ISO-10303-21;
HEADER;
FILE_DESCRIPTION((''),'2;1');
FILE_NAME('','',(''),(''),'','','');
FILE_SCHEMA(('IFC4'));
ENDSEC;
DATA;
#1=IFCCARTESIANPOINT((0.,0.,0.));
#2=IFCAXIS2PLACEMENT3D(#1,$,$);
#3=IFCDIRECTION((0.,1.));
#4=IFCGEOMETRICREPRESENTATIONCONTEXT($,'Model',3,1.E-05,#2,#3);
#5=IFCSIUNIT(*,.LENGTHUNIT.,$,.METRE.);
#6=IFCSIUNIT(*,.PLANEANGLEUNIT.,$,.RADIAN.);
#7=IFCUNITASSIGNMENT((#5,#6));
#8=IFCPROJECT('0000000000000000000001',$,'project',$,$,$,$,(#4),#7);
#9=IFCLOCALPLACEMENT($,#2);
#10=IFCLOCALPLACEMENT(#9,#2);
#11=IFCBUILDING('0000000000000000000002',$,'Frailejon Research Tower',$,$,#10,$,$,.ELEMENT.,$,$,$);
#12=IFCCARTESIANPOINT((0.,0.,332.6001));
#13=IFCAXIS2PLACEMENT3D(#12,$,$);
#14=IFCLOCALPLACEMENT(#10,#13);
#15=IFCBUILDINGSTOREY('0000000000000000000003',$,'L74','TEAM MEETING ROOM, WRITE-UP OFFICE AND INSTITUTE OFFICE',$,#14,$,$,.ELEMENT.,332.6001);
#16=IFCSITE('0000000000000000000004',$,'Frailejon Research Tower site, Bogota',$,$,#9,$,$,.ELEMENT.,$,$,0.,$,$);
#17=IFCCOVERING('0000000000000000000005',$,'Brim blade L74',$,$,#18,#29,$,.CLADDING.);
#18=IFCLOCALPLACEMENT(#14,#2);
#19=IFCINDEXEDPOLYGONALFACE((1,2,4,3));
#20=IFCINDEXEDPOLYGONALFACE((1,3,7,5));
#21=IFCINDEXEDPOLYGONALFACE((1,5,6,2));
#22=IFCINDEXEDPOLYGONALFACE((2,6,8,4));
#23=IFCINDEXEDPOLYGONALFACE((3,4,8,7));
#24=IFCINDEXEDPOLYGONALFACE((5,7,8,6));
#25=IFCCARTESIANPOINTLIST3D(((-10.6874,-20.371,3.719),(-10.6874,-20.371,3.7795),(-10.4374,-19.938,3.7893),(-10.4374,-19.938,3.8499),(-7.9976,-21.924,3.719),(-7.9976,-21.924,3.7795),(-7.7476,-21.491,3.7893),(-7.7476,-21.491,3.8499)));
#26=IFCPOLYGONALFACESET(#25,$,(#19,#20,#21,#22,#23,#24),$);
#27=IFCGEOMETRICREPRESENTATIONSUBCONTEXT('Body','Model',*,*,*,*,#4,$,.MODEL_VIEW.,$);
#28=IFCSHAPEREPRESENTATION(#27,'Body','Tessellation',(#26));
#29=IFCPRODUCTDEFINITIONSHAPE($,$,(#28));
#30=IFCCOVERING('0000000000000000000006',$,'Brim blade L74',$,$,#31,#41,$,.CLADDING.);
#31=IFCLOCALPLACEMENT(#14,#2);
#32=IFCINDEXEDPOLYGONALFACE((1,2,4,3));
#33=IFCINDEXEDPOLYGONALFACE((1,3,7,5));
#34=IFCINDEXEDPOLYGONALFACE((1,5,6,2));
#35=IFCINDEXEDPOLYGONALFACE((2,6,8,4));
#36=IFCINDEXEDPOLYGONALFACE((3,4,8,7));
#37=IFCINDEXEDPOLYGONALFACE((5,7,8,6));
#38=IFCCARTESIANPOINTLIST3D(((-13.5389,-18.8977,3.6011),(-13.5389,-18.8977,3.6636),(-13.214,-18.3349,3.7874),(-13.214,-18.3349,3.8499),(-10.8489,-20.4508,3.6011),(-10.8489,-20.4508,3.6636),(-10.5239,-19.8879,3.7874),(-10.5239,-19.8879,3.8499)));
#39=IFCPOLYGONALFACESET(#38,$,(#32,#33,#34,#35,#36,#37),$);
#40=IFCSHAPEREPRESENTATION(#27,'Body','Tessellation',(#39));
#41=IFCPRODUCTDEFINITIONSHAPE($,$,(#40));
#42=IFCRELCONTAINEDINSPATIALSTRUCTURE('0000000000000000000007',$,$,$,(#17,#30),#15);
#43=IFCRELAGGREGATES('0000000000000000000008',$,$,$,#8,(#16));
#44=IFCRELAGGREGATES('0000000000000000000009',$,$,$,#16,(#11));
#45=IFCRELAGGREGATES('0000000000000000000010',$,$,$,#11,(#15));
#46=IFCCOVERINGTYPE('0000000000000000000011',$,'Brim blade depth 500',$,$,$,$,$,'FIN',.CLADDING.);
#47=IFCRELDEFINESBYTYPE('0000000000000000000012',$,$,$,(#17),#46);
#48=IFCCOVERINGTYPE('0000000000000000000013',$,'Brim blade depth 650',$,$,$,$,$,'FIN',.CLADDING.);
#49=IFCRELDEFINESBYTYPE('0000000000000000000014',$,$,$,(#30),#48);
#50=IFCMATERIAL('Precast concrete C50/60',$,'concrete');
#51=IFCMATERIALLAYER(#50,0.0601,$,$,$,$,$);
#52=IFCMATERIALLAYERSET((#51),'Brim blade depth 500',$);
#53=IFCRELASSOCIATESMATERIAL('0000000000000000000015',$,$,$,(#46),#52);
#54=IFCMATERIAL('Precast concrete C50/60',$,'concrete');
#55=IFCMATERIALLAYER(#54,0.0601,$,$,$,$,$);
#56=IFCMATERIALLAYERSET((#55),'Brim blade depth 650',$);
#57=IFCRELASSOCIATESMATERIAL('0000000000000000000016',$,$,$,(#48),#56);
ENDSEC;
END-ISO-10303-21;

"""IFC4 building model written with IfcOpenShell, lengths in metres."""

from ifc_helpers import new_model, si_unit, direction, frame, origin, place, context, subcontext, project, spatial, polyline, outline, extrude, material, layer, layer_set, type_object, element, save


model = new_model("IFC4")

# Units and contexts
model_context = context("Model", 3, precision=1e-05, world=origin(), true_north=direction((0.0, 1.0)))
body_context = subcontext(model_context, "Body", "Model", "MODEL_VIEW")
ifc_project = project(units=[si_unit("LENGTHUNIT", "METRE"), si_unit("PLANEANGLEUNIT", "RADIAN")], contexts=[model_context])

# Site, building, storey
site_placement = place(None, origin())
site = spatial("IfcSite", under=ifc_project, at=site_placement, Name="Frailejon Research Tower site, Bogota", CompositionType="ELEMENT", RefElevation=0.0)
building_placement = place(site_placement, origin())
building = spatial("IfcBuilding", under=site, at=building_placement, Name="Frailejon Research Tower", CompositionType="ELEMENT")
storey_placement = place(building_placement, frame((0.0, 0.0, 332.6001)))
storey = spatial("IfcBuildingStorey", under=building, at=storey_placement, Name="L74", Description="TEAM MEETING ROOM, WRITE-UP OFFICE AND INSTITUTE OFFICE", CompositionType="ELEMENT", Elevation=332.6001)

# Coverings
ifc_material_1 = material(Name="Precast concrete C50/60", Category="concrete")
ifc_layer_1 = layer(ifc_material_1, 0.0601)
ifc_layer_set_1 = layer_set([ifc_layer_1], Name="Brim blade depth 500")
covering_type_1 = type_object("IfcCoveringType", Name="Brim blade depth 500", ElementType="FIN", PredefinedType="CLADDING", material=ifc_layer_set_1)
covering_1_placement = place(storey_placement, frame((-7.7476, -21.491, 3.8499), z_axis=(-0.866027, 0.499997, 0.0), x_axis=(-0.499997, -0.866027, 0.0)))
element("IfcCovering", 1, at=covering_1_placement, inside=storey, type_object=covering_type_1, Name="Brim blade L74", PredefinedType="CLADDING", context=body_context, shape_type="SweptSolid", body=[
    extrude(outline(polyline([(0.0, -0.0605), (0.5, -0.1309), (0.5, -0.0703), (0.0, 0.0), (0.0, -0.0605)])), origin(), (0.0, 0.0, 1.0), 3.106),
])
ifc_material_2 = material(Name="Precast concrete C50/60", Category="concrete")
ifc_layer_2 = layer(ifc_material_2, 0.0601)
ifc_layer_set_2 = layer_set([ifc_layer_2], Name="Brim blade depth 650")
covering_type_2 = type_object("IfcCoveringType", Name="Brim blade depth 650", ElementType="FIN", PredefinedType="CLADDING", material=ifc_layer_set_2)
covering_2_placement = place(storey_placement, frame((-10.5239, -19.8879, 3.8499), z_axis=(-0.866035, 0.499983, 0.0), x_axis=(-0.499983, -0.866035, 0.0)))
element("IfcCovering", 2, at=covering_2_placement, inside=storey, type_object=covering_type_2, Name="Brim blade L74", PredefinedType="CLADDING", context=body_context, shape_type="SweptSolid", body=[
    extrude(outline(polyline([(0.0, -0.0625), (0.6499, -0.2488), (0.6499, -0.1863), (0.0, 0.0), (0.0, -0.0625)])), origin(), (0.0, 0.0, 1.0), 3.1062),
])

save(model, "model.ifc")
